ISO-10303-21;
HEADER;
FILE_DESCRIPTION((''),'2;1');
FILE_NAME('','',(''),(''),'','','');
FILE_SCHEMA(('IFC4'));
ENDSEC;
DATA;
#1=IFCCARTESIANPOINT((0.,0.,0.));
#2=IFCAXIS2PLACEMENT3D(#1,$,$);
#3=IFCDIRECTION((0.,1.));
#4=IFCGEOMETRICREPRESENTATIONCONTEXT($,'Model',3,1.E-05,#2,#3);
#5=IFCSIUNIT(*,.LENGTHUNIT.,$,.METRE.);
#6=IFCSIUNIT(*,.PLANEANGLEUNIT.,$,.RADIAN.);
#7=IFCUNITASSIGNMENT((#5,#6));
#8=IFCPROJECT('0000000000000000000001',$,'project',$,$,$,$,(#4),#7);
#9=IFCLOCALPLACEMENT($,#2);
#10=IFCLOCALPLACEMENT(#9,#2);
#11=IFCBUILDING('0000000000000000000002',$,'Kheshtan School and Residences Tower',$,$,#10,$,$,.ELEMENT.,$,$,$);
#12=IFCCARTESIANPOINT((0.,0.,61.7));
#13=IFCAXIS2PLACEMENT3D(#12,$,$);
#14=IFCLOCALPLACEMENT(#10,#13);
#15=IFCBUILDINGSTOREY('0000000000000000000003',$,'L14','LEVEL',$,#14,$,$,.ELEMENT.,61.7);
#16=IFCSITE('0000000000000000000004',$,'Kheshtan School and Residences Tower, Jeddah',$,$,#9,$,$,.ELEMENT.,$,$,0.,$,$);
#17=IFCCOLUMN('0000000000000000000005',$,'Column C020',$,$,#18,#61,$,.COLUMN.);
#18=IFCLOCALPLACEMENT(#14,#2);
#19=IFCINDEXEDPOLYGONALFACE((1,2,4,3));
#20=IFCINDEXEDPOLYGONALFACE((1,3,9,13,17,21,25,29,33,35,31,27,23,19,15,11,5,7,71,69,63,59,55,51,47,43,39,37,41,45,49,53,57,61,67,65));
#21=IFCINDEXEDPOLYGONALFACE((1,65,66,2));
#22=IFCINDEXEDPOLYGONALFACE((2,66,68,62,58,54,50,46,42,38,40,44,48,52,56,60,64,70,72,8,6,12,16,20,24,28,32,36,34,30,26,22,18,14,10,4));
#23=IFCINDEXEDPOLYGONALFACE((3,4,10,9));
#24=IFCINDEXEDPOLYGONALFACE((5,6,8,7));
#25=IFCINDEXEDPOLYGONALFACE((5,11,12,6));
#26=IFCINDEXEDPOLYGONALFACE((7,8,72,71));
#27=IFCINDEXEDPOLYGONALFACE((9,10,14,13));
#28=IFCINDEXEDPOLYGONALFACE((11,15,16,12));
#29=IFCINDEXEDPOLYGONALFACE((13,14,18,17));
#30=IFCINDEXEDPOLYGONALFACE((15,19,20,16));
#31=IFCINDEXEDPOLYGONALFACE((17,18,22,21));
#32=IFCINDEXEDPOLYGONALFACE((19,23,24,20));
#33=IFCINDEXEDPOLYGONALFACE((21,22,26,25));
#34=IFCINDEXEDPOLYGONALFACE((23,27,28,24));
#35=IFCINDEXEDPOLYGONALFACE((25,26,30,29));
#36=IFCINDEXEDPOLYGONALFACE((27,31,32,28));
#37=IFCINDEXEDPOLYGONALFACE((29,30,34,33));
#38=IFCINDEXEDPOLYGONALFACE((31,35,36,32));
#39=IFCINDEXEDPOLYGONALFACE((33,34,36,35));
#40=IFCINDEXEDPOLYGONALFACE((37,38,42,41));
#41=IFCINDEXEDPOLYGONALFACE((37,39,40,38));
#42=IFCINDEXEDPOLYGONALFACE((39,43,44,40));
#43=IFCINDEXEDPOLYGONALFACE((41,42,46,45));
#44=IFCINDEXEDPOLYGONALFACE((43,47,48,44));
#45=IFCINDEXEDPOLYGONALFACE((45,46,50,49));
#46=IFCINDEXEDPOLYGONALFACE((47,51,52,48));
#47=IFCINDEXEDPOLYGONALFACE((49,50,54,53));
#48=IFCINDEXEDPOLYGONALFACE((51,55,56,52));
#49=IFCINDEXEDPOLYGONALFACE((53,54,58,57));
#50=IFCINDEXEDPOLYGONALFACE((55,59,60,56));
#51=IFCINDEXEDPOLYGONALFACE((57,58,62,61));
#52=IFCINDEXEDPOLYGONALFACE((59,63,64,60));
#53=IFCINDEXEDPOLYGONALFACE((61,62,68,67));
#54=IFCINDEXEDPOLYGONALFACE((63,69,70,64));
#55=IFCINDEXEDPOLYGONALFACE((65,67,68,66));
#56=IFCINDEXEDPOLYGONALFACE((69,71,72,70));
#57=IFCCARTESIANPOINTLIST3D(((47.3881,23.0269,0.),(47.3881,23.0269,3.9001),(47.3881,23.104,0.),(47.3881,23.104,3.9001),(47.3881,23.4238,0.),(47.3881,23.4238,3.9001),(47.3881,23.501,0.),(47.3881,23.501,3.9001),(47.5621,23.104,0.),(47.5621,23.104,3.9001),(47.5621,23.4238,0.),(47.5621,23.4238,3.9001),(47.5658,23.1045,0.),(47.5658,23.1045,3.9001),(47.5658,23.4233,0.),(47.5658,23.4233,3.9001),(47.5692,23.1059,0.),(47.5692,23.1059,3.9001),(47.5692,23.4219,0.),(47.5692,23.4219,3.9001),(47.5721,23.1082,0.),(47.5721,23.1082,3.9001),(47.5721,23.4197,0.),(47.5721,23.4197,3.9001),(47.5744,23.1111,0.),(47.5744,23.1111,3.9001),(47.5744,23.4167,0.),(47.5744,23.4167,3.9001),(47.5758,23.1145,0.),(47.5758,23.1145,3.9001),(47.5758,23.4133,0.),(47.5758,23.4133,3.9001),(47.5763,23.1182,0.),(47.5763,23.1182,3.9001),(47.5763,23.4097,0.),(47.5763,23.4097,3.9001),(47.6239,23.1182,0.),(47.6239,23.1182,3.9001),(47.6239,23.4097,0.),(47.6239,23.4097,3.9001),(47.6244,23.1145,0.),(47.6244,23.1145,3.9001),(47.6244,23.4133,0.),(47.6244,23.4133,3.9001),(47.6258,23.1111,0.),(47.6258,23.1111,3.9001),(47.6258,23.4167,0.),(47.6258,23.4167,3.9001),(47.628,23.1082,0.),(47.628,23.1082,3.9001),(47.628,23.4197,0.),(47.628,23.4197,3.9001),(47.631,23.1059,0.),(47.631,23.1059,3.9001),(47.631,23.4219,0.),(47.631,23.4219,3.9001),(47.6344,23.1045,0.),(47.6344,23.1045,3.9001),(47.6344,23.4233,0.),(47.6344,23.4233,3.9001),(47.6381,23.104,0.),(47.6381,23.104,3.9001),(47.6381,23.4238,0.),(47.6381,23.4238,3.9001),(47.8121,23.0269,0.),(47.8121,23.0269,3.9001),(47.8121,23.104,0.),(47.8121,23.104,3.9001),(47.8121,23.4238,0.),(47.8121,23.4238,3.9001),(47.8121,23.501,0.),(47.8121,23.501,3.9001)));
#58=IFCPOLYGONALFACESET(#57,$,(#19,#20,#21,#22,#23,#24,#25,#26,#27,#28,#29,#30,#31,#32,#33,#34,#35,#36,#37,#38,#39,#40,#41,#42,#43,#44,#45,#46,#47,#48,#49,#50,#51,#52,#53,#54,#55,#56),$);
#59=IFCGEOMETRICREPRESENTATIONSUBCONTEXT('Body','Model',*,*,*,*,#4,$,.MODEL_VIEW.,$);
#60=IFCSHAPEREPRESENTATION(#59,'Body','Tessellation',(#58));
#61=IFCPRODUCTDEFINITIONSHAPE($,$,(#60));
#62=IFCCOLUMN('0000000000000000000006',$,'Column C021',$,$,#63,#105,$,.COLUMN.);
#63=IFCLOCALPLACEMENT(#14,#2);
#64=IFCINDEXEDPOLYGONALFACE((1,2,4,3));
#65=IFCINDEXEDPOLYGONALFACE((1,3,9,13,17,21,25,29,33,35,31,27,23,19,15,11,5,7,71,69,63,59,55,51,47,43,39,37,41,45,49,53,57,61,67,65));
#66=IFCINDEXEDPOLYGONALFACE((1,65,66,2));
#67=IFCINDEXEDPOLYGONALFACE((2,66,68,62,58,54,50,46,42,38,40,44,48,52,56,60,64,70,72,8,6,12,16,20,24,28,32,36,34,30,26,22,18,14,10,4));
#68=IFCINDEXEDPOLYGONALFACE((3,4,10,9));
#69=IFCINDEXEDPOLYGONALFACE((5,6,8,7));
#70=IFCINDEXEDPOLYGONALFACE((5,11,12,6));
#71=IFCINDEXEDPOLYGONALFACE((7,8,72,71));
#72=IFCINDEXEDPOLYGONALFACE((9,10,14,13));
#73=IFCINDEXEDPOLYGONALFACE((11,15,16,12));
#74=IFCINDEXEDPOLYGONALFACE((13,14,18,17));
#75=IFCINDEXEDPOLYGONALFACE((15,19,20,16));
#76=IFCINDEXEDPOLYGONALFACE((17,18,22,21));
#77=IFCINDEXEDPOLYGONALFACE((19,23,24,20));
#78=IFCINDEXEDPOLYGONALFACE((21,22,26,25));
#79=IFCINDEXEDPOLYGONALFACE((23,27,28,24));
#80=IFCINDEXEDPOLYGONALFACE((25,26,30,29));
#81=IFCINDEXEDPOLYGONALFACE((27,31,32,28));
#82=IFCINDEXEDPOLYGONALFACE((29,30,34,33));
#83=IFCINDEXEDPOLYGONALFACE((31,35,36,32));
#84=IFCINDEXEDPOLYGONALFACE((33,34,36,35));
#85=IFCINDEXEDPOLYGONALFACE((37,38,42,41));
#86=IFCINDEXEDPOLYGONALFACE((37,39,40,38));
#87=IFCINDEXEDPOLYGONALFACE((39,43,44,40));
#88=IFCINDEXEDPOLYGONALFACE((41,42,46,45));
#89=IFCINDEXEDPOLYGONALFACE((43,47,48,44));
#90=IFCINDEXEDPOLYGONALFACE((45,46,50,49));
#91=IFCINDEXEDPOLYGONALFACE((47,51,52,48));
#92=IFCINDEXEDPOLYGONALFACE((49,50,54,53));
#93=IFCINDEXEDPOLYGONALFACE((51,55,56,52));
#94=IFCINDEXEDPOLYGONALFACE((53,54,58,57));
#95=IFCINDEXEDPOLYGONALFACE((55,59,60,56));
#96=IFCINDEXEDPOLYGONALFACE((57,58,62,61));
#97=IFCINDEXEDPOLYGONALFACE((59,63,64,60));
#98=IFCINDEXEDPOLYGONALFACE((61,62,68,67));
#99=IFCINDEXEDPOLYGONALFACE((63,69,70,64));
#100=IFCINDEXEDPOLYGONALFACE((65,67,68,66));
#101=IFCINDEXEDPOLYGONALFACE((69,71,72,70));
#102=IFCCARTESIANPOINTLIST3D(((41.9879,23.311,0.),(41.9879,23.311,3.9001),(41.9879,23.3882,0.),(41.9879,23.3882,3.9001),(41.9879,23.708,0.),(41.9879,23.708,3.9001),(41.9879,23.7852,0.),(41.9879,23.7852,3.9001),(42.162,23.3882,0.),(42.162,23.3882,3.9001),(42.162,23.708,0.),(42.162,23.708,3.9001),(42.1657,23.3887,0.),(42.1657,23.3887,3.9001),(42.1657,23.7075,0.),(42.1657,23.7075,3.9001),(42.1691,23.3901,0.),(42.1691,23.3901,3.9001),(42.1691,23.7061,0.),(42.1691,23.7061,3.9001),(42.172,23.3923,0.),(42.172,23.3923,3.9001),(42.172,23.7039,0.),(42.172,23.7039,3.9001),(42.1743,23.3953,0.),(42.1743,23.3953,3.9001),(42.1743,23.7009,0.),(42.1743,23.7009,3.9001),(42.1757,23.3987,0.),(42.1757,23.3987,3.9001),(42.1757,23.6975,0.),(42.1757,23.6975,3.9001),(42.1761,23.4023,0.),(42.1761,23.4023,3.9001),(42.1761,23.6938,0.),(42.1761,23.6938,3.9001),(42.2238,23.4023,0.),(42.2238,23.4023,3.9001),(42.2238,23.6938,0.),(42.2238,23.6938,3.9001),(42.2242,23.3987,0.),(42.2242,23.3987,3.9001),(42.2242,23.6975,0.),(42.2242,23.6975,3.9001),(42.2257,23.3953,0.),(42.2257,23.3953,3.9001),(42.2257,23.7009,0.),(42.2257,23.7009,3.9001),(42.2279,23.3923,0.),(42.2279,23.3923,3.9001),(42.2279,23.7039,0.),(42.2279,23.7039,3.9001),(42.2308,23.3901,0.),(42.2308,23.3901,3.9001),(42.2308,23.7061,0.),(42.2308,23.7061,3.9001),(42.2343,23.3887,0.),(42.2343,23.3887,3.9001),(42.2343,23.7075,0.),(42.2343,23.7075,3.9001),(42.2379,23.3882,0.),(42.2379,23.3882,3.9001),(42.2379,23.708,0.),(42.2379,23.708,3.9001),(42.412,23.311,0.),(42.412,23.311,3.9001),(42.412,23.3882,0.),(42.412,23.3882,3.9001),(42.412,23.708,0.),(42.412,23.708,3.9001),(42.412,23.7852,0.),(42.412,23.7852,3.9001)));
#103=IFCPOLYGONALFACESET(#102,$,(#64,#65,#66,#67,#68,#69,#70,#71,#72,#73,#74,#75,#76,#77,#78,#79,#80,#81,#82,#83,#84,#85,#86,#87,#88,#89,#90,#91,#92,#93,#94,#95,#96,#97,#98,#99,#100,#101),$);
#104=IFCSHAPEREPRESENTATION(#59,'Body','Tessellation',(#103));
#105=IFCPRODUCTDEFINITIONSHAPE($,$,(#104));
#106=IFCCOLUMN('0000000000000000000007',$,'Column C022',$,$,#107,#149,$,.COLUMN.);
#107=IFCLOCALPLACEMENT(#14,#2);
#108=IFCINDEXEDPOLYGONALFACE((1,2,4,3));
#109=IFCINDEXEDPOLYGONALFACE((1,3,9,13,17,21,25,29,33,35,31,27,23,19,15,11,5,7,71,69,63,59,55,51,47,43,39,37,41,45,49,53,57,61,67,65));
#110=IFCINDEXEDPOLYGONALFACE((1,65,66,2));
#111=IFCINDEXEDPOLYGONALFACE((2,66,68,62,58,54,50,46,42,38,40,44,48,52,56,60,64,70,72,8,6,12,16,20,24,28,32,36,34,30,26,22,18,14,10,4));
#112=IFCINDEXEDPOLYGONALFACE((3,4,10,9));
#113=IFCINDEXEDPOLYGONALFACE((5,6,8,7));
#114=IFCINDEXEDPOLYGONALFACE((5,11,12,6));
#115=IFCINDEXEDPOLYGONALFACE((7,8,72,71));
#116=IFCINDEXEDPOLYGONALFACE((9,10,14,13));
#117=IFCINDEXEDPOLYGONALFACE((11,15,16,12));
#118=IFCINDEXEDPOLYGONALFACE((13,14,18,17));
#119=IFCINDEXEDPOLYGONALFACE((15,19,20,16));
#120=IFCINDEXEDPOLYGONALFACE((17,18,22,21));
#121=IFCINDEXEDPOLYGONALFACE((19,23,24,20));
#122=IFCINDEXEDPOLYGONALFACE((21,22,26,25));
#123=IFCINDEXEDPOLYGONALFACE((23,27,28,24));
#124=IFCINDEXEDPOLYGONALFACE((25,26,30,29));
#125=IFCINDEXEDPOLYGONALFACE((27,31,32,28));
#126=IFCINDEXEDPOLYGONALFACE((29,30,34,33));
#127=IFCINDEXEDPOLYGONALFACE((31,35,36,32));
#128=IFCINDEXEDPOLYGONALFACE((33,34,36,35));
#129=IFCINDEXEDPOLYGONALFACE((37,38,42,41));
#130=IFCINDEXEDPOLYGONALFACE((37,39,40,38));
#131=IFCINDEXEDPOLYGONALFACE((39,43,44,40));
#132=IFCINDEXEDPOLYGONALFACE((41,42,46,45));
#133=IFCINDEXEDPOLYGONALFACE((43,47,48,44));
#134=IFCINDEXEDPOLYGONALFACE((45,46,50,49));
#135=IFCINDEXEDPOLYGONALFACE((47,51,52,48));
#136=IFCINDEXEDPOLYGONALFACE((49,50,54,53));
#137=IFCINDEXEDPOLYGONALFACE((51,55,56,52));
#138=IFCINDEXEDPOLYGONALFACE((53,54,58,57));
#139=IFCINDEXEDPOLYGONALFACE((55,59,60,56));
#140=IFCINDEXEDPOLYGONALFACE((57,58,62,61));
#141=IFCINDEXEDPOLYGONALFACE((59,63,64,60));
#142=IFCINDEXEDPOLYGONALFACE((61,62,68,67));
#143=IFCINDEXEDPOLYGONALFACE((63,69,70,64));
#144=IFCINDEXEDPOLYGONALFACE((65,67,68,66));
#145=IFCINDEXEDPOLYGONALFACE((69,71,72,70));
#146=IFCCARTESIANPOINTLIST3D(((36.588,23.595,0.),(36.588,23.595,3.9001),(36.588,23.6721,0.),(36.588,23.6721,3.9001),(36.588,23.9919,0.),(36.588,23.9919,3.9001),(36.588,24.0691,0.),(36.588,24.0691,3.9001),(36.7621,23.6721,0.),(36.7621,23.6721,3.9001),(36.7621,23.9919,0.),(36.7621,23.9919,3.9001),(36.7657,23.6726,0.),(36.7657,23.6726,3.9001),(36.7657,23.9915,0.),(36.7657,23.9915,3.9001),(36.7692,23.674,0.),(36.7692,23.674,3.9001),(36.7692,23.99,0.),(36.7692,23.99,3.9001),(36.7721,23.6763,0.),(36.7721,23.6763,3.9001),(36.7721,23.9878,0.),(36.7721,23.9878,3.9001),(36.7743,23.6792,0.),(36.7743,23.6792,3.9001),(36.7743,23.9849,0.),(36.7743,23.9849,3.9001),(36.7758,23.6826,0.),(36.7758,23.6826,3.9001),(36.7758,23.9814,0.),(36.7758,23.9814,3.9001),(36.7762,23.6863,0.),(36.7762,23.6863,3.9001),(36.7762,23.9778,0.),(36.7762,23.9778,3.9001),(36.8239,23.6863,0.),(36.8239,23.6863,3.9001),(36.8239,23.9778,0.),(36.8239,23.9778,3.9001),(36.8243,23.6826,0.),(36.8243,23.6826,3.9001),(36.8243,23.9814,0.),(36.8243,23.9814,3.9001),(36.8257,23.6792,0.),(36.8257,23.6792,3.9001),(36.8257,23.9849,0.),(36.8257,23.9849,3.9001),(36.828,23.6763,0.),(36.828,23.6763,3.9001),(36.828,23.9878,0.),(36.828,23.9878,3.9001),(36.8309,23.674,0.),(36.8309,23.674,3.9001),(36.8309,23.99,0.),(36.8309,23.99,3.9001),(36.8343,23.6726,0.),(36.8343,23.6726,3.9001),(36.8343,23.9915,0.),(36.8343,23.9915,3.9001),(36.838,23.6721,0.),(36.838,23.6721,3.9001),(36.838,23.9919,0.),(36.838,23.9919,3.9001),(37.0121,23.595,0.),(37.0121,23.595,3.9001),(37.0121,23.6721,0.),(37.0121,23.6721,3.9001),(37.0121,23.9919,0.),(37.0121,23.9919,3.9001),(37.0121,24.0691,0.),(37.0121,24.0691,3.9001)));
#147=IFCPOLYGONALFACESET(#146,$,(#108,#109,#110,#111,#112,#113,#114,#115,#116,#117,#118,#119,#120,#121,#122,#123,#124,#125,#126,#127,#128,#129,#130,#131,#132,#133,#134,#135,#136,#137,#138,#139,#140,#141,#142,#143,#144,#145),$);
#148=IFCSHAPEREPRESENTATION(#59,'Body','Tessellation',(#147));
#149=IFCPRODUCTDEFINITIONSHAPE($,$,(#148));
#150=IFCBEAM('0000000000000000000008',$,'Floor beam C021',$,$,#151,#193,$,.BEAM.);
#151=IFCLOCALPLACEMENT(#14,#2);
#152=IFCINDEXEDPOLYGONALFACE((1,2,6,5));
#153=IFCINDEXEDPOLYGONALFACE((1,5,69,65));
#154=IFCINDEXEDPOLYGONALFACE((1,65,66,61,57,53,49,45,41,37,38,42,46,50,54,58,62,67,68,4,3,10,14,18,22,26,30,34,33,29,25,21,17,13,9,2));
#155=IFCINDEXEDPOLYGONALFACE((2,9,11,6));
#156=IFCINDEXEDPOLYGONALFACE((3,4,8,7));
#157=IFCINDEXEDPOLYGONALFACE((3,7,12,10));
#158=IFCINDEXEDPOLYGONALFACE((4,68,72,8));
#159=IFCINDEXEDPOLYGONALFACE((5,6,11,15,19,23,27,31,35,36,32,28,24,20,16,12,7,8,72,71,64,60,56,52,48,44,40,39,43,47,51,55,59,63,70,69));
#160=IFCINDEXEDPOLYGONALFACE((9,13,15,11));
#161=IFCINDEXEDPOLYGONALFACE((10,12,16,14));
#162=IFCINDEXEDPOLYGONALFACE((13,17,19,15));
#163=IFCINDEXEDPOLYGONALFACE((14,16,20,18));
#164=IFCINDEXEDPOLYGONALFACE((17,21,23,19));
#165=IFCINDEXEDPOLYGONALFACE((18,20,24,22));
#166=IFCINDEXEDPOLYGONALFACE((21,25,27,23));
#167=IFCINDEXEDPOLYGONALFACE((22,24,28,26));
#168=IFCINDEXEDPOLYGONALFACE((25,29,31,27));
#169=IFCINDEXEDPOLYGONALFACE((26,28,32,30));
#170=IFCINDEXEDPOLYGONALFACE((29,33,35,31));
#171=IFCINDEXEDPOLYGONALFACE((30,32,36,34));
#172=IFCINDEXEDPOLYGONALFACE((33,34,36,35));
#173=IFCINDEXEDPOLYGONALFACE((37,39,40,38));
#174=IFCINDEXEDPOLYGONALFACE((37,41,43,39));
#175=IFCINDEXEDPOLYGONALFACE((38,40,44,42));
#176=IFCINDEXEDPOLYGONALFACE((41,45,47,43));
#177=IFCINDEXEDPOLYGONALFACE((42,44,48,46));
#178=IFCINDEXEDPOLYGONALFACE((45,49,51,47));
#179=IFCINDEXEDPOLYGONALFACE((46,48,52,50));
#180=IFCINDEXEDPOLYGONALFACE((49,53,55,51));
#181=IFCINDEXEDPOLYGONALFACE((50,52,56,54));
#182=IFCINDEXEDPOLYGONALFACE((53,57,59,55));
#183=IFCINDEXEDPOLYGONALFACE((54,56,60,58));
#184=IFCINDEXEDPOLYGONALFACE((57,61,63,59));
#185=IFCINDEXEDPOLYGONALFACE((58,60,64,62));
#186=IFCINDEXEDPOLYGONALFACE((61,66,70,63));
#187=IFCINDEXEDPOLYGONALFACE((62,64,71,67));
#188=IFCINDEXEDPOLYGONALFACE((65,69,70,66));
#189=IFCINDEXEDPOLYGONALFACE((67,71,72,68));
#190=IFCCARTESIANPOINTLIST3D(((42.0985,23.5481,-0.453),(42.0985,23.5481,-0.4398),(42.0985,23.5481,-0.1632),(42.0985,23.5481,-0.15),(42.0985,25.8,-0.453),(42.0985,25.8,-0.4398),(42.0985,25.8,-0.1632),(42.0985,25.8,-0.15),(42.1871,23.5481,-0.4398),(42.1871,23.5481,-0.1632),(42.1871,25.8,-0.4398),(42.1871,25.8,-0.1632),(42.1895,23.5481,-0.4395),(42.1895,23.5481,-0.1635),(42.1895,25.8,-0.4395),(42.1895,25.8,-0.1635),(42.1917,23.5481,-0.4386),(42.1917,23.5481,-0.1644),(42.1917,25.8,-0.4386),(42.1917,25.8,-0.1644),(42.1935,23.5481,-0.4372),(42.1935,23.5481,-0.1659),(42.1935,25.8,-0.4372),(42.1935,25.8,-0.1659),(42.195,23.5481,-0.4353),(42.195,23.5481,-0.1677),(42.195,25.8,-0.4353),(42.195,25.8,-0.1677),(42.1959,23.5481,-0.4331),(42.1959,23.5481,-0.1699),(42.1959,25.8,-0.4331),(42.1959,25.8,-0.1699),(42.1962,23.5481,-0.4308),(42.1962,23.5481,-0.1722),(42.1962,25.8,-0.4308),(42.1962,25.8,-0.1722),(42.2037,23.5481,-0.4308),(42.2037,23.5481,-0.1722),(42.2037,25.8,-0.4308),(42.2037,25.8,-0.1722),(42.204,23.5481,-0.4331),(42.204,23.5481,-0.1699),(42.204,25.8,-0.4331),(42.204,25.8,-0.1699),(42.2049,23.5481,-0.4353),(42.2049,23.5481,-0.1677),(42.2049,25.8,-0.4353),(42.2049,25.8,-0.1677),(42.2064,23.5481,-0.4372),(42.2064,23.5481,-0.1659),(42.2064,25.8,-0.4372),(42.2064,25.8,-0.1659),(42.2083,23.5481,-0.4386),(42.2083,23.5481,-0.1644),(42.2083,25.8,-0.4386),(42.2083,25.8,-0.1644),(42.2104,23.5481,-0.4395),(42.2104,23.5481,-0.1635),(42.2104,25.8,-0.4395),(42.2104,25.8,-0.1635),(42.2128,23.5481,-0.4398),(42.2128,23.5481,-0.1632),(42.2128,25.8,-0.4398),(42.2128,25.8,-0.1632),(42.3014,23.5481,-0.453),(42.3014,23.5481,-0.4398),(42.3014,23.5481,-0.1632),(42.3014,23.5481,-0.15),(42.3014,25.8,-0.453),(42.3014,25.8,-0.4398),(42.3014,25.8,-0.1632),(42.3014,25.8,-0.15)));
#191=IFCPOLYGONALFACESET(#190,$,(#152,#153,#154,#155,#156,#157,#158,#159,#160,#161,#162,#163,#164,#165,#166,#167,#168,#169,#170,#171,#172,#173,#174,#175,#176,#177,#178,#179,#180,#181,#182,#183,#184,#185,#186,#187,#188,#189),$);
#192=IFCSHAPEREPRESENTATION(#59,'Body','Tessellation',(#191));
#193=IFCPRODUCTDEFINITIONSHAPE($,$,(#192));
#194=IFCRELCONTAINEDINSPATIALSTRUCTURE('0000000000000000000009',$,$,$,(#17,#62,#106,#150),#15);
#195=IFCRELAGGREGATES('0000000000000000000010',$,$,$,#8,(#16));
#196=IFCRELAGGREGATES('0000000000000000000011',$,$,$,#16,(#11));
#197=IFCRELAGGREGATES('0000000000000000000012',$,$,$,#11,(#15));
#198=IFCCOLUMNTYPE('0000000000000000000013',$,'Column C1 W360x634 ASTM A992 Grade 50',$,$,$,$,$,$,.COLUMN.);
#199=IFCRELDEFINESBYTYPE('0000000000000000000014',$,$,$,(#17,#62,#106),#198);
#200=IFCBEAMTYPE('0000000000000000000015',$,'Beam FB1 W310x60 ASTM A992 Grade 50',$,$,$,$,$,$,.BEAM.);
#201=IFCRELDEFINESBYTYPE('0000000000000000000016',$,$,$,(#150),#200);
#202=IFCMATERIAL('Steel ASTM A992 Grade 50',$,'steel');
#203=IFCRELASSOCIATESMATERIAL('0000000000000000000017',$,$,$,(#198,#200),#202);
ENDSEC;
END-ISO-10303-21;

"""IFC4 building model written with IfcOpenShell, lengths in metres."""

from ifc_helpers import new_model, si_unit, direction, frame, origin, origin_2d, place, context, subcontext, project, spatial, i_section, extrude, material, material_profile, profile_set, type_object, element, save


model = new_model("IFC4")

# Units and contexts
model_context = context("Model", 3, precision=1e-05, world=origin(), true_north=direction((0.0, 1.0)))
body_context = subcontext(model_context, "Body", "Model", "MODEL_VIEW")
ifc_project = project(units=[si_unit("LENGTHUNIT", "METRE"), si_unit("PLANEANGLEUNIT", "RADIAN")], contexts=[model_context])

# Site, building, storey
site_placement = place(None, origin())
site = spatial("IfcSite", under=ifc_project, at=site_placement, Name="Kheshtan School and Residences Tower, Jeddah", CompositionType="ELEMENT", RefElevation=0.0)
building_placement = place(site_placement, origin())
building = spatial("IfcBuilding", under=site, at=building_placement, Name="Kheshtan School and Residences Tower", CompositionType="ELEMENT")
storey_placement = place(building_placement, frame((0.0, 0.0, 61.7)))
storey = spatial("IfcBuildingStorey", under=building, at=storey_placement, Name="L14", Description="LEVEL", CompositionType="ELEMENT", Elevation=61.7)

# Columns
ifc_material_1 = material(Name="Steel ASTM A992 Grade 50", Category="steel")
ifc_material_profile_1 = material_profile(ifc_material_1, i_section(OverallWidth=0.4241, OverallDepth=0.4741, WebThickness=0.0476, FlangeThickness=0.0771, FilletRadius=0.0142, at=origin_2d()), Name="W360x634")
ifc_profile_set_1 = profile_set([ifc_material_profile_1], Name="Steel ASTM A992 Grade 50")
column_type = type_object("IfcColumnType", Name="Column C1 W360x634 ASTM A992 Grade 50", PredefinedType="COLUMN", material=ifc_profile_set_1)
for number, where, z_axis, x_axis, name in (
    (1, (47.6001, 23.2639, 0.0), (0.0, 0.0, 1.0), (1.0, 0.0, 0.0), "Column C020"),
    (2, (42.2, 23.5481, 0.0), (0.0, 0.0, 1.0), (1.0, 0.0, 0.0), "Column C021"),
    (3, (36.8, 23.832, 0.0), (0.0, 0.0, 1.0), (1.0, 0.0, 0.0), "Column C022"),
):
    element("IfcColumn", number, at=place(storey_placement, frame(where, z_axis=z_axis, x_axis=x_axis)), inside=storey, type_object=column_type, Name=name, PredefinedType="COLUMN", context=body_context, shape_type="SweptSolid", body=[
        extrude(i_section(OverallWidth=0.4241, OverallDepth=0.4741, WebThickness=0.0476, FlangeThickness=0.0771, FilletRadius=0.0142, at=origin_2d()), origin(), (0.0, 0.0, 1.0), 3.9001),
    ])

# Beam
ifc_material_profile_2 = material_profile(ifc_material_1, i_section(OverallWidth=0.2029, OverallDepth=0.303, WebThickness=0.0076, FlangeThickness=0.0132, FilletRadius=0.009, at=origin_2d()), Name="W310x60")
ifc_profile_set_2 = profile_set([ifc_material_profile_2], Name="Steel ASTM A992 Grade 50")
beam_type_1 = type_object("IfcBeamType", Name="Beam FB1 W310x60 ASTM A992 Grade 50", PredefinedType="BEAM", material=ifc_profile_set_2)
beam_1_placement = place(storey_placement, frame((42.2, 23.5481, -0.3015), z_axis=(0.0, 1.0, 0.0), x_axis=(-1.0, 0.0, 0.0)))
element("IfcBeam", 4, at=beam_1_placement, inside=storey, type_object=beam_type_1, Name="Floor beam C021", PredefinedType="BEAM", context=body_context, shape_type="SweptSolid", body=[
    extrude(i_section(OverallWidth=0.2029, OverallDepth=0.303, WebThickness=0.0076, FlangeThickness=0.0132, FilletRadius=0.009, at=origin_2d()), origin(), (0.0, 0.0, 1.0), 2.252),
])

save(model, "model.ifc")
